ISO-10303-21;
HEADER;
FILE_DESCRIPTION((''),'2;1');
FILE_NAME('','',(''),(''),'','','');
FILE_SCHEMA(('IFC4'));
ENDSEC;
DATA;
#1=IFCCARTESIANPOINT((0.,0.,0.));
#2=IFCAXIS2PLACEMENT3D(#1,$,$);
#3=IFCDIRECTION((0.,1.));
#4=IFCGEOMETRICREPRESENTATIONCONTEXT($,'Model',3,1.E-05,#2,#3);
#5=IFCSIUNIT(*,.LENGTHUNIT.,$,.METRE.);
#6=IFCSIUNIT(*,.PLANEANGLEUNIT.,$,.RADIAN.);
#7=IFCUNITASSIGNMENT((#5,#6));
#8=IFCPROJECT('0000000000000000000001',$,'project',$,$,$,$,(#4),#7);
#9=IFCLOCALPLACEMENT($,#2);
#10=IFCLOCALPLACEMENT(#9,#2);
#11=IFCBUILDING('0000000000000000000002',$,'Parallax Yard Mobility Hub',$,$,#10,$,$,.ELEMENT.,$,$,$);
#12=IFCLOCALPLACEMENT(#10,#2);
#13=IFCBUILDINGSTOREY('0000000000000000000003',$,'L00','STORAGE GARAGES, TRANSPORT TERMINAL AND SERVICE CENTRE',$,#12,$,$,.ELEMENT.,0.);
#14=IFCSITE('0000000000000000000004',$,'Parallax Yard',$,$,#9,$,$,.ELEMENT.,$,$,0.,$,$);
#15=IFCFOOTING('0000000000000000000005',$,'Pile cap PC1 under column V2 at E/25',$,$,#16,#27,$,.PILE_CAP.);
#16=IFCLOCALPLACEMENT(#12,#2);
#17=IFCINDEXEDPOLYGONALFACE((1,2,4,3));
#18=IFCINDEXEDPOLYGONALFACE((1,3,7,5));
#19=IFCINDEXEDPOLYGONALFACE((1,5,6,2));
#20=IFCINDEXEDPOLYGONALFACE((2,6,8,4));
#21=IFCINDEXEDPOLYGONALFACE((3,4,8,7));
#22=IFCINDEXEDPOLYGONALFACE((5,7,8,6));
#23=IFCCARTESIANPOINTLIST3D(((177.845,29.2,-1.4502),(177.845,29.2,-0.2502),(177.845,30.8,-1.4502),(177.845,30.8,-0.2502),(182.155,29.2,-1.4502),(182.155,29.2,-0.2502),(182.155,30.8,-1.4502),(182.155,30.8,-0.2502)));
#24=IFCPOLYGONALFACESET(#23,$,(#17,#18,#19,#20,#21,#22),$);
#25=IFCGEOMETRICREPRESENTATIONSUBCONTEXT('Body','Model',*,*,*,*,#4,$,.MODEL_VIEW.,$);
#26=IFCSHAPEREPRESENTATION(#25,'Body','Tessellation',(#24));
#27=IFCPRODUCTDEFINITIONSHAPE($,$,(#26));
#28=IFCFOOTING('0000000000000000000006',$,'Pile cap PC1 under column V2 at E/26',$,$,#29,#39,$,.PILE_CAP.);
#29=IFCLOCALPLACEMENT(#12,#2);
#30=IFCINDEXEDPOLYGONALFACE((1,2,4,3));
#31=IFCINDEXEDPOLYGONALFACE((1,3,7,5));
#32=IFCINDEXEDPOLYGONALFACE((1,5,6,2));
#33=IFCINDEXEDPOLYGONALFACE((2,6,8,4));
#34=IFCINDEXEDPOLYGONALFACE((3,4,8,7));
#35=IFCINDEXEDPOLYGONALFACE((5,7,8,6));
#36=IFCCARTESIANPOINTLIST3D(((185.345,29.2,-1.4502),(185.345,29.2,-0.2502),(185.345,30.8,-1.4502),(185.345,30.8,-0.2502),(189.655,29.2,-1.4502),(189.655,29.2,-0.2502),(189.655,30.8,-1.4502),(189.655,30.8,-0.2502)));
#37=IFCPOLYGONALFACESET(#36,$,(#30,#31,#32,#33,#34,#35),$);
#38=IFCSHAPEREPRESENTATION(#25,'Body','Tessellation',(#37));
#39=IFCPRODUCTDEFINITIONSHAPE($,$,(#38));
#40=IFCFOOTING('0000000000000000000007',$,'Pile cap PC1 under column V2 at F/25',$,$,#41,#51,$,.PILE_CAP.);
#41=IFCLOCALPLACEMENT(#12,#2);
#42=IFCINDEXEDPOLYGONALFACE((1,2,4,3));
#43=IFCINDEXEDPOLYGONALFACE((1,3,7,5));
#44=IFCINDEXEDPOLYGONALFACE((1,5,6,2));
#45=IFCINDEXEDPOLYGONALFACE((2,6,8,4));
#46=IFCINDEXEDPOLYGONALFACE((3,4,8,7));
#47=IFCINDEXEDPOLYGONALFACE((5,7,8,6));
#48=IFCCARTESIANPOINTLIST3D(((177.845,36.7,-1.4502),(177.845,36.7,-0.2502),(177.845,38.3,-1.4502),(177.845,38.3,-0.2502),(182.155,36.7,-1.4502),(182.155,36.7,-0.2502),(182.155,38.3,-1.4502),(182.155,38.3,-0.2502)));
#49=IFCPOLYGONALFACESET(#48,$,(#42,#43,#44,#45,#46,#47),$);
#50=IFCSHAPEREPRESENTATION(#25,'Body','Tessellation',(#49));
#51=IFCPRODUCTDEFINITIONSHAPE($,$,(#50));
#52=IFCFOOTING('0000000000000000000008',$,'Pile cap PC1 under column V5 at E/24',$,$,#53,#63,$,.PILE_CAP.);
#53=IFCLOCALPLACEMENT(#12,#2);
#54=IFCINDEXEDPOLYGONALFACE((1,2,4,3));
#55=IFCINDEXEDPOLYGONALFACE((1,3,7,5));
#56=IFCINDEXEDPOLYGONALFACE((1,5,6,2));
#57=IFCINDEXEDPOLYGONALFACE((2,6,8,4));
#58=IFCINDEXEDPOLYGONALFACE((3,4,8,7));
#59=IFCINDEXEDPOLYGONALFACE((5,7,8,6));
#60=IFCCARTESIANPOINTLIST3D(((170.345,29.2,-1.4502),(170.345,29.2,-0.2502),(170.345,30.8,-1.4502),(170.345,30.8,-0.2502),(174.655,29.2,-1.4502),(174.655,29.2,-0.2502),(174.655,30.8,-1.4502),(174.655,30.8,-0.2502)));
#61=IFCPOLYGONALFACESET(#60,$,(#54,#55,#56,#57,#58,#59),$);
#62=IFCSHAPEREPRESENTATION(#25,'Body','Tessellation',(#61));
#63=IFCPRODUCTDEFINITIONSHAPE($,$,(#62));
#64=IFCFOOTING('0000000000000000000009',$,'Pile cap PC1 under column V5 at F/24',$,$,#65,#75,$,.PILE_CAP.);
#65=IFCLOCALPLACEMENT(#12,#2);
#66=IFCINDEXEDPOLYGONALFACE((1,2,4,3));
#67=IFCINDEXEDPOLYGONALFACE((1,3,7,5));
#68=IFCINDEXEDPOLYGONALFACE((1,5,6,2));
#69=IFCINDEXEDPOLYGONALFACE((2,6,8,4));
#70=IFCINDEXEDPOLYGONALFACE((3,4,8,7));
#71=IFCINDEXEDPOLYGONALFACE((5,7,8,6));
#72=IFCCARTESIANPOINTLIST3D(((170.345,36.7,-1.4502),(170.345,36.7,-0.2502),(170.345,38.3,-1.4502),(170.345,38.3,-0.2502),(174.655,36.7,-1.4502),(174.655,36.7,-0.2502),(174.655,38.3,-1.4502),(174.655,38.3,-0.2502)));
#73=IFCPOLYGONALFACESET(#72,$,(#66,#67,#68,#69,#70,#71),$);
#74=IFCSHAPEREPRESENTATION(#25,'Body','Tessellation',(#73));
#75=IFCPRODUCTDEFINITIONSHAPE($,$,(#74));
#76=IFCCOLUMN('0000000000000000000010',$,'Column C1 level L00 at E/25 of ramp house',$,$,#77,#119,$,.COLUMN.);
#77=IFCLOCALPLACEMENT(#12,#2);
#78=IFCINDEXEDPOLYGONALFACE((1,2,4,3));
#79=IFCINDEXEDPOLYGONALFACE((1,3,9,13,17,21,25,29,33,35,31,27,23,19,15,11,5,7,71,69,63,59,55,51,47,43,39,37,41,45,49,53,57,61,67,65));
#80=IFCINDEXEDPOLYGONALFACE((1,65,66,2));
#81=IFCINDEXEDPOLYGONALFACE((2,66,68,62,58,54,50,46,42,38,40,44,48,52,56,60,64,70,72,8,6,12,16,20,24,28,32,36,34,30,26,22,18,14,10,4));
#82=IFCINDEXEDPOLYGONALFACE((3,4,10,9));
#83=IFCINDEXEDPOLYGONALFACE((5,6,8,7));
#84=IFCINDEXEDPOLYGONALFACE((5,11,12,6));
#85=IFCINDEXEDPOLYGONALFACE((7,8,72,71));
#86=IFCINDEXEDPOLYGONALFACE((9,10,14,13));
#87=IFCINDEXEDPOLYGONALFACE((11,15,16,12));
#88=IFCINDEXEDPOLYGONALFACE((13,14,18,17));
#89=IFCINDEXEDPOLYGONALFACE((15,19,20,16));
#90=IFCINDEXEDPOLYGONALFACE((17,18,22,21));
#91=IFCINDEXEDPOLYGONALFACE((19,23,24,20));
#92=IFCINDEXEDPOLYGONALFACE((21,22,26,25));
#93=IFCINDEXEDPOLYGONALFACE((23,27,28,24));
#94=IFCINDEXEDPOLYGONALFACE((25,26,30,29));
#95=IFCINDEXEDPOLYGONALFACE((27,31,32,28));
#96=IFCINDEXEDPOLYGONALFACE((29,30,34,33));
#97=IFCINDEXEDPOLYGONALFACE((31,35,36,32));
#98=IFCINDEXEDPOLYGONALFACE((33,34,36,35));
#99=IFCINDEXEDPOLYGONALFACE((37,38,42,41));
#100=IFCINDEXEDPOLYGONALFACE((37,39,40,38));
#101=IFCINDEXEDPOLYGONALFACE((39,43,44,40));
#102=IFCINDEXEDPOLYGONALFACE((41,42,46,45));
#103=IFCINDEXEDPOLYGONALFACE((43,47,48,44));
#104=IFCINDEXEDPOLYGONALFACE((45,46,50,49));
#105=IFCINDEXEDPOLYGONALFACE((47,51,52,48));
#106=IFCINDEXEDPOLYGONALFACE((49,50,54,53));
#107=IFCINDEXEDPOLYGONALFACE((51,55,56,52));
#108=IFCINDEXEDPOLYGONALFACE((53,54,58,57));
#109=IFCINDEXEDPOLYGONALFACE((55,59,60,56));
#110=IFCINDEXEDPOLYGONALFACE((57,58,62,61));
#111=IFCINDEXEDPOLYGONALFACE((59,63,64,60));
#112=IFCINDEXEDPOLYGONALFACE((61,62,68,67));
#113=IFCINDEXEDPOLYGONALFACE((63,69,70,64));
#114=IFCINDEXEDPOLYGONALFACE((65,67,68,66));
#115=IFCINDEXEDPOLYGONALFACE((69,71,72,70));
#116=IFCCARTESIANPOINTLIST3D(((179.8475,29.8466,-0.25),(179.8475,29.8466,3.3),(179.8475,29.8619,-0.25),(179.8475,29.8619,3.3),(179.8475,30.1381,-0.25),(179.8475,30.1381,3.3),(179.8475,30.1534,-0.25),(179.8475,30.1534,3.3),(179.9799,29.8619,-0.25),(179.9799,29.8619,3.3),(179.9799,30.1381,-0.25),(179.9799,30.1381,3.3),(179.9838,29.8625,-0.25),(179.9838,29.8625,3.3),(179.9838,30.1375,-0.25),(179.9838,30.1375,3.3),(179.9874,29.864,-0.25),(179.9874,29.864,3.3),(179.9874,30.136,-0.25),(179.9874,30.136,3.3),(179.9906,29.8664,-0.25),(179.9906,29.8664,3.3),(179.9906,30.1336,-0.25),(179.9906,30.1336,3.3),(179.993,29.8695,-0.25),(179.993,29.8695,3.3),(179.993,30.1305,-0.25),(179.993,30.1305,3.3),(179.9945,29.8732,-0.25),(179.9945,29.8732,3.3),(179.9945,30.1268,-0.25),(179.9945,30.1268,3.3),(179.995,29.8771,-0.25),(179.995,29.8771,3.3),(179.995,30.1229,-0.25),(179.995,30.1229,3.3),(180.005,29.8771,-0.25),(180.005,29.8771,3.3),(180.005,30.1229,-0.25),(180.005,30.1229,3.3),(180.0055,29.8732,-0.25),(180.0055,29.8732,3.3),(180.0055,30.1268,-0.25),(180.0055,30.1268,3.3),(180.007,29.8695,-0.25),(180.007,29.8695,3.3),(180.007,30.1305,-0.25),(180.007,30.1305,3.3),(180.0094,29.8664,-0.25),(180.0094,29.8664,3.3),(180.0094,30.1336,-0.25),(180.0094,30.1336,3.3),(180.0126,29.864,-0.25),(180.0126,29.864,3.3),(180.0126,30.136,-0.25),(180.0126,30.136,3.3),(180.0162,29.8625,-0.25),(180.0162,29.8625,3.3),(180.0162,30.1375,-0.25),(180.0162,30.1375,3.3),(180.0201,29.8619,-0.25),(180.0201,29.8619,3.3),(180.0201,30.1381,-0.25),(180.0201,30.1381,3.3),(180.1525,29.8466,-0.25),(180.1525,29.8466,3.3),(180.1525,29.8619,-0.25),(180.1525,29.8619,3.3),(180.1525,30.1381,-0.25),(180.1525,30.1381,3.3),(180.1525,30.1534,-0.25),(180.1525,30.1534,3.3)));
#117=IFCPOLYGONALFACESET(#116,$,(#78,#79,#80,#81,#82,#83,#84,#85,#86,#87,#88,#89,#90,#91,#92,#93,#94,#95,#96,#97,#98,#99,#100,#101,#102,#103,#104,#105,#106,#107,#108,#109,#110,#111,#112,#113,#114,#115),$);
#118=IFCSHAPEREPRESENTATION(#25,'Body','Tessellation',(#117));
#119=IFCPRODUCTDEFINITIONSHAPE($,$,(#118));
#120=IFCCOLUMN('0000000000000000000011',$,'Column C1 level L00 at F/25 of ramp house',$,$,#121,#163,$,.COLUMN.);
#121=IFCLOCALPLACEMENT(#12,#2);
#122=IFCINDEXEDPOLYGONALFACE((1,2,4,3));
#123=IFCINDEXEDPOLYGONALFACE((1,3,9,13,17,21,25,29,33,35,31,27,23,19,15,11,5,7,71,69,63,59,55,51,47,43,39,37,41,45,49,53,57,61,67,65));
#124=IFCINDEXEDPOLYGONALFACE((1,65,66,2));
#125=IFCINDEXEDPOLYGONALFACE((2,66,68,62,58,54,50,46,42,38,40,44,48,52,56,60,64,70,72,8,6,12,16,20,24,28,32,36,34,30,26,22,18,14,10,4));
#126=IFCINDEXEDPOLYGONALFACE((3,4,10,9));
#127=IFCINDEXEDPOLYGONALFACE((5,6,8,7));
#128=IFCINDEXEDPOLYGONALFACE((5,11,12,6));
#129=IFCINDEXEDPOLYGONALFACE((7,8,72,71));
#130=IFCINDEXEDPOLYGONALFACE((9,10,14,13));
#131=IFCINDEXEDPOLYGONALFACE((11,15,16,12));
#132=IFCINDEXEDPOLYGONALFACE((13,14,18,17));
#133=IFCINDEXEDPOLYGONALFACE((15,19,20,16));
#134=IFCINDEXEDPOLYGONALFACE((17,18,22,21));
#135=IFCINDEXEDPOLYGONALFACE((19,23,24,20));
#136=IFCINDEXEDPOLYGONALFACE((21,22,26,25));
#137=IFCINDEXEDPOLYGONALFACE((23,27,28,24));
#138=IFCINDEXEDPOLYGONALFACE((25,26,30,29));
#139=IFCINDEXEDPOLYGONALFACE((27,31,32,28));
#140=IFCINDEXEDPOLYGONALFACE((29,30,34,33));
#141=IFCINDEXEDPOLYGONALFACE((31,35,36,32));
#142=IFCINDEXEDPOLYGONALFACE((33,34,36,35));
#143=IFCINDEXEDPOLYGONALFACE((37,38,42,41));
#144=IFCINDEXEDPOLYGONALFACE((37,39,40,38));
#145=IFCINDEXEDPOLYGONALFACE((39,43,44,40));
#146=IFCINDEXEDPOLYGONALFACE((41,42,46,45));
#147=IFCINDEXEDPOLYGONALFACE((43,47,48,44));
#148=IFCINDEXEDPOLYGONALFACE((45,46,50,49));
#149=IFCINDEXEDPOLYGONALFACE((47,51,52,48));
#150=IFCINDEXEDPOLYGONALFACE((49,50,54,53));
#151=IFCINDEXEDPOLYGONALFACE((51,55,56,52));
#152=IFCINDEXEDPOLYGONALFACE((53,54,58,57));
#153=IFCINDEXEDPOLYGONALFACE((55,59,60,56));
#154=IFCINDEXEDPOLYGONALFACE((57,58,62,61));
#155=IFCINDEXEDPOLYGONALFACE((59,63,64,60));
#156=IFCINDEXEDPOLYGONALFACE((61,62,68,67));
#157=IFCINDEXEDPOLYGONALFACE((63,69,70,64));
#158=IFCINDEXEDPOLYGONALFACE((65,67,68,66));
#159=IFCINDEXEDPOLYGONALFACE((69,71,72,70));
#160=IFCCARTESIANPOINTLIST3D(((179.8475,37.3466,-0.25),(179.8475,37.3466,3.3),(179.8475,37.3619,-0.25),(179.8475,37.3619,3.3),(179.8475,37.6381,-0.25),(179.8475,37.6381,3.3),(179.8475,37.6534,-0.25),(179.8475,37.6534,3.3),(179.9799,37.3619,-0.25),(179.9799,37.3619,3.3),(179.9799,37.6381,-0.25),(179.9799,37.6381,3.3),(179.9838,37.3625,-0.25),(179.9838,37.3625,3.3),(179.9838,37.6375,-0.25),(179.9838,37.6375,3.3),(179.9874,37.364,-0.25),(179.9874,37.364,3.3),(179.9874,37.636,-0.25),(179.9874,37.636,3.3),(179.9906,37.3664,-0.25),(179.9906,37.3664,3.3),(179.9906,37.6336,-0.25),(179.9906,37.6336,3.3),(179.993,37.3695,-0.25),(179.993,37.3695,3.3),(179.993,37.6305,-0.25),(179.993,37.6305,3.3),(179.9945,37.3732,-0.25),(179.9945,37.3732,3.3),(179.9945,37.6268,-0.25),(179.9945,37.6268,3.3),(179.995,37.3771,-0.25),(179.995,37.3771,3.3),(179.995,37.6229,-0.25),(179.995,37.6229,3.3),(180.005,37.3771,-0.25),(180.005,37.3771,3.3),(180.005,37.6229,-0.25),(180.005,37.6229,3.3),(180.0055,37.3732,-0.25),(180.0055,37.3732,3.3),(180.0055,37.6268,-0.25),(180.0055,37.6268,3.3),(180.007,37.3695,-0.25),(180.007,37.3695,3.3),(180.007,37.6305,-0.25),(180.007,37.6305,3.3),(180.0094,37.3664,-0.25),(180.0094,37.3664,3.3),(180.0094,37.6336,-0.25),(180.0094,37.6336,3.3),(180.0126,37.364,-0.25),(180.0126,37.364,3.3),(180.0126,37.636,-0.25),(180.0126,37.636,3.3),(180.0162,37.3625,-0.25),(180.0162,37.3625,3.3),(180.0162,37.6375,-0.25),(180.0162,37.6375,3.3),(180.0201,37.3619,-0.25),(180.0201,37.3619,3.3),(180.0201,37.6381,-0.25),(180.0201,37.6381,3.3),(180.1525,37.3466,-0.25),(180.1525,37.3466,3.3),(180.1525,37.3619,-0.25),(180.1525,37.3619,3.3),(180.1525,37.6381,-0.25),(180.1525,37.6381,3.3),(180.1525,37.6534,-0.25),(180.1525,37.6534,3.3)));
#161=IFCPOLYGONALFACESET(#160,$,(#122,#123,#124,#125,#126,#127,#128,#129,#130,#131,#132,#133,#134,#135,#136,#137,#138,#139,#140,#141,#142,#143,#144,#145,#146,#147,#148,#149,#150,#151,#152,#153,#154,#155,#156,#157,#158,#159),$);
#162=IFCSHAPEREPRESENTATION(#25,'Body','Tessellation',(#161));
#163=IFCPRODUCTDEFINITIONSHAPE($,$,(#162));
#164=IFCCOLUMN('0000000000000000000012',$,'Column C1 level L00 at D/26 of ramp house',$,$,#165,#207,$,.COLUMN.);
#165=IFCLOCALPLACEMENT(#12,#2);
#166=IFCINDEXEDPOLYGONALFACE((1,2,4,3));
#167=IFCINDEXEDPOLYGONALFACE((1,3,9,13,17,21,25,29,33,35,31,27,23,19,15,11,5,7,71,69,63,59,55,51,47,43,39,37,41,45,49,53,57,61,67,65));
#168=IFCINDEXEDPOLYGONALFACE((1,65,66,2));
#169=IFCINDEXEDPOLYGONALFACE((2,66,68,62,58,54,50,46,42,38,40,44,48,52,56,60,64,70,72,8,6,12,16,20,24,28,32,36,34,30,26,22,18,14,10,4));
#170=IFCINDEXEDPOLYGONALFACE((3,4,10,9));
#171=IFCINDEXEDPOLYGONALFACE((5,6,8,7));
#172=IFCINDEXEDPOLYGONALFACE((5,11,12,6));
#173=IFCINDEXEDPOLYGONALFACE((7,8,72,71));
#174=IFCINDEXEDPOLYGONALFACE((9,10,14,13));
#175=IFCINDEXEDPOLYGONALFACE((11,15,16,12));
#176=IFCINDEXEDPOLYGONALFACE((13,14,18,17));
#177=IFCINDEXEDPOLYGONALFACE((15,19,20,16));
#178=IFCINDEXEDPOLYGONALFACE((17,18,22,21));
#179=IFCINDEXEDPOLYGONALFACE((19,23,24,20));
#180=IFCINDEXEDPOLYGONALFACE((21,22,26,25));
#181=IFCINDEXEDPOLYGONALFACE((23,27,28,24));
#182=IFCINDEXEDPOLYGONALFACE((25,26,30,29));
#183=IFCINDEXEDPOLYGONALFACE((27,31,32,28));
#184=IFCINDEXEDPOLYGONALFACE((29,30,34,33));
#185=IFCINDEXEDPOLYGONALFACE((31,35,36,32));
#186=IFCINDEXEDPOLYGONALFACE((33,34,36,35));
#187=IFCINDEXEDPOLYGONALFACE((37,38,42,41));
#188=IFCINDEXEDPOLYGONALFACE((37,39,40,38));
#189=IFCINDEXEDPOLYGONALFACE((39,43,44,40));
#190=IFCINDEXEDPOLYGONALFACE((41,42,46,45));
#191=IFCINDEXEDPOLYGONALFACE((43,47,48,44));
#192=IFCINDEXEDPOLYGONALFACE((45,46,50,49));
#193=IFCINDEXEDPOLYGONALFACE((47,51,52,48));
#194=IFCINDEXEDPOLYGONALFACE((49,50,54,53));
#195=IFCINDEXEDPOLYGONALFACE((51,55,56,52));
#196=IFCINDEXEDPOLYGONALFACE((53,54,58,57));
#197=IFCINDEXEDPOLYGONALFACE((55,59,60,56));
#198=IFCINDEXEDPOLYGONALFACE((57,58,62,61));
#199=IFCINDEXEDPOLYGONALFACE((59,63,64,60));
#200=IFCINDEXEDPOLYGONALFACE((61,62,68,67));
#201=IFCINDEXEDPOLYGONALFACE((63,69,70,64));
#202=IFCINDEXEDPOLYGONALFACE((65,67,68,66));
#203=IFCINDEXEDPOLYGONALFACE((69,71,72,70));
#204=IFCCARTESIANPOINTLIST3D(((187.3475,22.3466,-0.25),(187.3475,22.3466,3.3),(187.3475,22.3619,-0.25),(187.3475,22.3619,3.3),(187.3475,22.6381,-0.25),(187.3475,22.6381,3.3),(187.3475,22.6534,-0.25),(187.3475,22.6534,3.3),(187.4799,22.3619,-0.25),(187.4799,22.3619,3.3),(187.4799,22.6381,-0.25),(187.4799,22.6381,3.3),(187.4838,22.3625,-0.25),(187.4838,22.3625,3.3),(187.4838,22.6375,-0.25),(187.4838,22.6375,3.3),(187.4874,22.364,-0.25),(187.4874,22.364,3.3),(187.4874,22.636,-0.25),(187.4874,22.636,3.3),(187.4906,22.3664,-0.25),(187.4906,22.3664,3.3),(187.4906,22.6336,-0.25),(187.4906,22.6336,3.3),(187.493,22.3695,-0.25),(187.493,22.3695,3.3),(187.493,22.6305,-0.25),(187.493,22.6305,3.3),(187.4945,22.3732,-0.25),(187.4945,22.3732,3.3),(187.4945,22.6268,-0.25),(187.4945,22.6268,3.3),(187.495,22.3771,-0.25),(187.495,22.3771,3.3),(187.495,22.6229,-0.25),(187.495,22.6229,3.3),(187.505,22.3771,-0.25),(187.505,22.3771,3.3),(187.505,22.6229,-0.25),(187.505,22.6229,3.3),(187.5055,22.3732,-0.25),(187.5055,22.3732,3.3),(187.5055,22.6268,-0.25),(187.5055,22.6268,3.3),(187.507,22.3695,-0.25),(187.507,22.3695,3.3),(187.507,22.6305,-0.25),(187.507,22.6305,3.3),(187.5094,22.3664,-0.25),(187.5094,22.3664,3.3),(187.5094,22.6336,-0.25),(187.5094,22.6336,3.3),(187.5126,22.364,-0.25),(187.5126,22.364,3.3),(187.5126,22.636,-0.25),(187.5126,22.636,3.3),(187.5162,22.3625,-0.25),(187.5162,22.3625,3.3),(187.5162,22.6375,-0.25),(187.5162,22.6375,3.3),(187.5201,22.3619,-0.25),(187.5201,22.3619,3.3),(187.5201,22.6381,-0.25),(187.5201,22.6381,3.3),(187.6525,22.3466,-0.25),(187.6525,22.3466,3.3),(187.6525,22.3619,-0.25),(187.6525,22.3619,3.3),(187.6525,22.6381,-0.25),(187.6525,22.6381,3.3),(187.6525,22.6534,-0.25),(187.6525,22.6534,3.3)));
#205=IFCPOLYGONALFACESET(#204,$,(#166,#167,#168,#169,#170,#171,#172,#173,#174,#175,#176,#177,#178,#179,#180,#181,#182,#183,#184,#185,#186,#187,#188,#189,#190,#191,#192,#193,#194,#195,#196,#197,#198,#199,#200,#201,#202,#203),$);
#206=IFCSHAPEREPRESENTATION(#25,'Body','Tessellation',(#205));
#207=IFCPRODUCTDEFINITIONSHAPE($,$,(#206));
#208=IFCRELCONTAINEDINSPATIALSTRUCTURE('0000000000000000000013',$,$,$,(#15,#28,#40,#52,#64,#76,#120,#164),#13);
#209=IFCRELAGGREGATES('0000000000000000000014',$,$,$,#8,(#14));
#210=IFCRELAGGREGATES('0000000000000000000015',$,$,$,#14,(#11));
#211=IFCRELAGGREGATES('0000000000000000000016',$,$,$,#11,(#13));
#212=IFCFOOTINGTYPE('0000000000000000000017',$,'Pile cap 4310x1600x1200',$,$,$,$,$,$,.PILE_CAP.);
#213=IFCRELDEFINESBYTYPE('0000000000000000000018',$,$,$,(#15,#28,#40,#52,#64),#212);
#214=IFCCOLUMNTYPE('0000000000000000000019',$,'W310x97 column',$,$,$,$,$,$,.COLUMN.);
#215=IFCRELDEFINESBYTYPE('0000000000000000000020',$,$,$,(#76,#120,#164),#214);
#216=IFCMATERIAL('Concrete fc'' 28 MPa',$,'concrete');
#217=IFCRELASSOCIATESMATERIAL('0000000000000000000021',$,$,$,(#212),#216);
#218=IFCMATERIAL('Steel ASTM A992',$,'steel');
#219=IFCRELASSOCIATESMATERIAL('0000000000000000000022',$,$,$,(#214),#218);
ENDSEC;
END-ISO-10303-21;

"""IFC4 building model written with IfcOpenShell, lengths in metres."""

from ifc_helpers import new_model, si_unit, direction, frame, origin, origin_2d, place, context, subcontext, project, spatial, rectangle, i_section, extrude, material, material_profile, profile_set, type_object, element, save


model = new_model("IFC4")

# Units and contexts
model_context = context("Model", 3, precision=1e-05, world=origin(), true_north=direction((0.0, 1.0)))
body_context = subcontext(model_context, "Body", "Model", "MODEL_VIEW")
ifc_project = project(units=[si_unit("LENGTHUNIT", "METRE"), si_unit("PLANEANGLEUNIT", "RADIAN")], contexts=[model_context])

# Site, building, storey
site_placement = place(None, origin())
site = spatial("IfcSite", under=ifc_project, at=site_placement, Name="Parallax Yard", CompositionType="ELEMENT", RefElevation=0.0)
building_placement = place(site_placement, origin())
building = spatial("IfcBuilding", under=site, at=building_placement, Name="Parallax Yard Mobility Hub", CompositionType="ELEMENT")
storey_placement = place(building_placement, origin())
storey = spatial("IfcBuildingStorey", under=building, at=storey_placement, Name="L00", Description="STORAGE GARAGES, TRANSPORT TERMINAL AND SERVICE CENTRE", CompositionType="ELEMENT", Elevation=0.0)

# Shared definitions
ifc_material_1 = material(Name="Concrete fc' 28 MPa", Category="concrete")

# Footings
footing_type_1 = type_object("IfcFootingType", Name="Pile cap 4310x1600x1200", PredefinedType="PILE_CAP", material=ifc_material_1)
for number, where, z_axis, x_axis, name in (
    (1, (180.0, 30.0, -1.4502), (0.0, 0.0, 1.0), (1.0, 0.0, 0.0), "Pile cap PC1 under column V2 at E/25"),
    (2, (187.5, 30.0, -1.4502), (0.0, 0.0, 1.0), (1.0, 0.0, 0.0), "Pile cap PC1 under column V2 at E/26"),
    (3, (180.0, 37.5, -1.4502), (0.0, 0.0, 1.0), (1.0, 0.0, 0.0), "Pile cap PC1 under column V2 at F/25"),
    (4, (172.5, 30.0, -1.4502), (0.0, 0.0, 1.0), (1.0, 0.0, 0.0), "Pile cap PC1 under column V5 at E/24"),
    (5, (172.5, 37.5, -1.4502), (0.0, 0.0, 1.0), (1.0, 0.0, 0.0), "Pile cap PC1 under column V5 at F/24"),
):
    element("IfcFooting", number, at=place(storey_placement, frame(where, z_axis=z_axis, x_axis=x_axis)), inside=storey, type_object=footing_type_1, Name=name, PredefinedType="PILE_CAP", context=body_context, shape_type="SweptSolid", body=[
        extrude(rectangle(XDim=4.3101, YDim=1.6001, at=origin_2d()), origin(), (0.0, 0.0, 1.0), 1.2),
    ])

# Columns
ifc_material_2 = material(Name="Steel ASTM A992", Category="steel")
ifc_material_profile_1 = material_profile(ifc_material_2, i_section(OverallWidth=0.3049, OverallDepth=0.3069, WebThickness=0.01, FlangeThickness=0.0154, FilletRadius=0.0151, at=origin_2d()), Name="W310x97")
ifc_profile_set_1 = profile_set([ifc_material_profile_1], Name="Steel ASTM A992")
column_type_1 = type_object("IfcColumnType", Name="W310x97 column", PredefinedType="COLUMN", material=ifc_profile_set_1)
for number, where, z_axis, x_axis, name in (
    (6, (180.0, 30.0, -0.25), (0.0, 0.0, 1.0), (1.0, 0.0, 0.0), "Column C1 level L00 at E/25 of ramp house"),
    (7, (180.0, 37.5, -0.25), (0.0, 0.0, 1.0), (1.0, 0.0, 0.0), "Column C1 level L00 at F/25 of ramp house"),
    (8, (187.5, 22.5, -0.25), (0.0, 0.0, 1.0), (1.0, 0.0, 0.0), "Column C1 level L00 at D/26 of ramp house"),
):
    element("IfcColumn", number, at=place(storey_placement, frame(where, z_axis=z_axis, x_axis=x_axis)), inside=storey, type_object=column_type_1, Name=name, PredefinedType="COLUMN", context=body_context, shape_type="SweptSolid", body=[
        extrude(i_section(OverallWidth=0.3049, OverallDepth=0.3069, WebThickness=0.01, FlangeThickness=0.0154, FilletRadius=0.0151, at=origin_2d()), origin(), (0.0, 0.0, 1.0), 3.55),
    ])

save(model, "model.ifc")
